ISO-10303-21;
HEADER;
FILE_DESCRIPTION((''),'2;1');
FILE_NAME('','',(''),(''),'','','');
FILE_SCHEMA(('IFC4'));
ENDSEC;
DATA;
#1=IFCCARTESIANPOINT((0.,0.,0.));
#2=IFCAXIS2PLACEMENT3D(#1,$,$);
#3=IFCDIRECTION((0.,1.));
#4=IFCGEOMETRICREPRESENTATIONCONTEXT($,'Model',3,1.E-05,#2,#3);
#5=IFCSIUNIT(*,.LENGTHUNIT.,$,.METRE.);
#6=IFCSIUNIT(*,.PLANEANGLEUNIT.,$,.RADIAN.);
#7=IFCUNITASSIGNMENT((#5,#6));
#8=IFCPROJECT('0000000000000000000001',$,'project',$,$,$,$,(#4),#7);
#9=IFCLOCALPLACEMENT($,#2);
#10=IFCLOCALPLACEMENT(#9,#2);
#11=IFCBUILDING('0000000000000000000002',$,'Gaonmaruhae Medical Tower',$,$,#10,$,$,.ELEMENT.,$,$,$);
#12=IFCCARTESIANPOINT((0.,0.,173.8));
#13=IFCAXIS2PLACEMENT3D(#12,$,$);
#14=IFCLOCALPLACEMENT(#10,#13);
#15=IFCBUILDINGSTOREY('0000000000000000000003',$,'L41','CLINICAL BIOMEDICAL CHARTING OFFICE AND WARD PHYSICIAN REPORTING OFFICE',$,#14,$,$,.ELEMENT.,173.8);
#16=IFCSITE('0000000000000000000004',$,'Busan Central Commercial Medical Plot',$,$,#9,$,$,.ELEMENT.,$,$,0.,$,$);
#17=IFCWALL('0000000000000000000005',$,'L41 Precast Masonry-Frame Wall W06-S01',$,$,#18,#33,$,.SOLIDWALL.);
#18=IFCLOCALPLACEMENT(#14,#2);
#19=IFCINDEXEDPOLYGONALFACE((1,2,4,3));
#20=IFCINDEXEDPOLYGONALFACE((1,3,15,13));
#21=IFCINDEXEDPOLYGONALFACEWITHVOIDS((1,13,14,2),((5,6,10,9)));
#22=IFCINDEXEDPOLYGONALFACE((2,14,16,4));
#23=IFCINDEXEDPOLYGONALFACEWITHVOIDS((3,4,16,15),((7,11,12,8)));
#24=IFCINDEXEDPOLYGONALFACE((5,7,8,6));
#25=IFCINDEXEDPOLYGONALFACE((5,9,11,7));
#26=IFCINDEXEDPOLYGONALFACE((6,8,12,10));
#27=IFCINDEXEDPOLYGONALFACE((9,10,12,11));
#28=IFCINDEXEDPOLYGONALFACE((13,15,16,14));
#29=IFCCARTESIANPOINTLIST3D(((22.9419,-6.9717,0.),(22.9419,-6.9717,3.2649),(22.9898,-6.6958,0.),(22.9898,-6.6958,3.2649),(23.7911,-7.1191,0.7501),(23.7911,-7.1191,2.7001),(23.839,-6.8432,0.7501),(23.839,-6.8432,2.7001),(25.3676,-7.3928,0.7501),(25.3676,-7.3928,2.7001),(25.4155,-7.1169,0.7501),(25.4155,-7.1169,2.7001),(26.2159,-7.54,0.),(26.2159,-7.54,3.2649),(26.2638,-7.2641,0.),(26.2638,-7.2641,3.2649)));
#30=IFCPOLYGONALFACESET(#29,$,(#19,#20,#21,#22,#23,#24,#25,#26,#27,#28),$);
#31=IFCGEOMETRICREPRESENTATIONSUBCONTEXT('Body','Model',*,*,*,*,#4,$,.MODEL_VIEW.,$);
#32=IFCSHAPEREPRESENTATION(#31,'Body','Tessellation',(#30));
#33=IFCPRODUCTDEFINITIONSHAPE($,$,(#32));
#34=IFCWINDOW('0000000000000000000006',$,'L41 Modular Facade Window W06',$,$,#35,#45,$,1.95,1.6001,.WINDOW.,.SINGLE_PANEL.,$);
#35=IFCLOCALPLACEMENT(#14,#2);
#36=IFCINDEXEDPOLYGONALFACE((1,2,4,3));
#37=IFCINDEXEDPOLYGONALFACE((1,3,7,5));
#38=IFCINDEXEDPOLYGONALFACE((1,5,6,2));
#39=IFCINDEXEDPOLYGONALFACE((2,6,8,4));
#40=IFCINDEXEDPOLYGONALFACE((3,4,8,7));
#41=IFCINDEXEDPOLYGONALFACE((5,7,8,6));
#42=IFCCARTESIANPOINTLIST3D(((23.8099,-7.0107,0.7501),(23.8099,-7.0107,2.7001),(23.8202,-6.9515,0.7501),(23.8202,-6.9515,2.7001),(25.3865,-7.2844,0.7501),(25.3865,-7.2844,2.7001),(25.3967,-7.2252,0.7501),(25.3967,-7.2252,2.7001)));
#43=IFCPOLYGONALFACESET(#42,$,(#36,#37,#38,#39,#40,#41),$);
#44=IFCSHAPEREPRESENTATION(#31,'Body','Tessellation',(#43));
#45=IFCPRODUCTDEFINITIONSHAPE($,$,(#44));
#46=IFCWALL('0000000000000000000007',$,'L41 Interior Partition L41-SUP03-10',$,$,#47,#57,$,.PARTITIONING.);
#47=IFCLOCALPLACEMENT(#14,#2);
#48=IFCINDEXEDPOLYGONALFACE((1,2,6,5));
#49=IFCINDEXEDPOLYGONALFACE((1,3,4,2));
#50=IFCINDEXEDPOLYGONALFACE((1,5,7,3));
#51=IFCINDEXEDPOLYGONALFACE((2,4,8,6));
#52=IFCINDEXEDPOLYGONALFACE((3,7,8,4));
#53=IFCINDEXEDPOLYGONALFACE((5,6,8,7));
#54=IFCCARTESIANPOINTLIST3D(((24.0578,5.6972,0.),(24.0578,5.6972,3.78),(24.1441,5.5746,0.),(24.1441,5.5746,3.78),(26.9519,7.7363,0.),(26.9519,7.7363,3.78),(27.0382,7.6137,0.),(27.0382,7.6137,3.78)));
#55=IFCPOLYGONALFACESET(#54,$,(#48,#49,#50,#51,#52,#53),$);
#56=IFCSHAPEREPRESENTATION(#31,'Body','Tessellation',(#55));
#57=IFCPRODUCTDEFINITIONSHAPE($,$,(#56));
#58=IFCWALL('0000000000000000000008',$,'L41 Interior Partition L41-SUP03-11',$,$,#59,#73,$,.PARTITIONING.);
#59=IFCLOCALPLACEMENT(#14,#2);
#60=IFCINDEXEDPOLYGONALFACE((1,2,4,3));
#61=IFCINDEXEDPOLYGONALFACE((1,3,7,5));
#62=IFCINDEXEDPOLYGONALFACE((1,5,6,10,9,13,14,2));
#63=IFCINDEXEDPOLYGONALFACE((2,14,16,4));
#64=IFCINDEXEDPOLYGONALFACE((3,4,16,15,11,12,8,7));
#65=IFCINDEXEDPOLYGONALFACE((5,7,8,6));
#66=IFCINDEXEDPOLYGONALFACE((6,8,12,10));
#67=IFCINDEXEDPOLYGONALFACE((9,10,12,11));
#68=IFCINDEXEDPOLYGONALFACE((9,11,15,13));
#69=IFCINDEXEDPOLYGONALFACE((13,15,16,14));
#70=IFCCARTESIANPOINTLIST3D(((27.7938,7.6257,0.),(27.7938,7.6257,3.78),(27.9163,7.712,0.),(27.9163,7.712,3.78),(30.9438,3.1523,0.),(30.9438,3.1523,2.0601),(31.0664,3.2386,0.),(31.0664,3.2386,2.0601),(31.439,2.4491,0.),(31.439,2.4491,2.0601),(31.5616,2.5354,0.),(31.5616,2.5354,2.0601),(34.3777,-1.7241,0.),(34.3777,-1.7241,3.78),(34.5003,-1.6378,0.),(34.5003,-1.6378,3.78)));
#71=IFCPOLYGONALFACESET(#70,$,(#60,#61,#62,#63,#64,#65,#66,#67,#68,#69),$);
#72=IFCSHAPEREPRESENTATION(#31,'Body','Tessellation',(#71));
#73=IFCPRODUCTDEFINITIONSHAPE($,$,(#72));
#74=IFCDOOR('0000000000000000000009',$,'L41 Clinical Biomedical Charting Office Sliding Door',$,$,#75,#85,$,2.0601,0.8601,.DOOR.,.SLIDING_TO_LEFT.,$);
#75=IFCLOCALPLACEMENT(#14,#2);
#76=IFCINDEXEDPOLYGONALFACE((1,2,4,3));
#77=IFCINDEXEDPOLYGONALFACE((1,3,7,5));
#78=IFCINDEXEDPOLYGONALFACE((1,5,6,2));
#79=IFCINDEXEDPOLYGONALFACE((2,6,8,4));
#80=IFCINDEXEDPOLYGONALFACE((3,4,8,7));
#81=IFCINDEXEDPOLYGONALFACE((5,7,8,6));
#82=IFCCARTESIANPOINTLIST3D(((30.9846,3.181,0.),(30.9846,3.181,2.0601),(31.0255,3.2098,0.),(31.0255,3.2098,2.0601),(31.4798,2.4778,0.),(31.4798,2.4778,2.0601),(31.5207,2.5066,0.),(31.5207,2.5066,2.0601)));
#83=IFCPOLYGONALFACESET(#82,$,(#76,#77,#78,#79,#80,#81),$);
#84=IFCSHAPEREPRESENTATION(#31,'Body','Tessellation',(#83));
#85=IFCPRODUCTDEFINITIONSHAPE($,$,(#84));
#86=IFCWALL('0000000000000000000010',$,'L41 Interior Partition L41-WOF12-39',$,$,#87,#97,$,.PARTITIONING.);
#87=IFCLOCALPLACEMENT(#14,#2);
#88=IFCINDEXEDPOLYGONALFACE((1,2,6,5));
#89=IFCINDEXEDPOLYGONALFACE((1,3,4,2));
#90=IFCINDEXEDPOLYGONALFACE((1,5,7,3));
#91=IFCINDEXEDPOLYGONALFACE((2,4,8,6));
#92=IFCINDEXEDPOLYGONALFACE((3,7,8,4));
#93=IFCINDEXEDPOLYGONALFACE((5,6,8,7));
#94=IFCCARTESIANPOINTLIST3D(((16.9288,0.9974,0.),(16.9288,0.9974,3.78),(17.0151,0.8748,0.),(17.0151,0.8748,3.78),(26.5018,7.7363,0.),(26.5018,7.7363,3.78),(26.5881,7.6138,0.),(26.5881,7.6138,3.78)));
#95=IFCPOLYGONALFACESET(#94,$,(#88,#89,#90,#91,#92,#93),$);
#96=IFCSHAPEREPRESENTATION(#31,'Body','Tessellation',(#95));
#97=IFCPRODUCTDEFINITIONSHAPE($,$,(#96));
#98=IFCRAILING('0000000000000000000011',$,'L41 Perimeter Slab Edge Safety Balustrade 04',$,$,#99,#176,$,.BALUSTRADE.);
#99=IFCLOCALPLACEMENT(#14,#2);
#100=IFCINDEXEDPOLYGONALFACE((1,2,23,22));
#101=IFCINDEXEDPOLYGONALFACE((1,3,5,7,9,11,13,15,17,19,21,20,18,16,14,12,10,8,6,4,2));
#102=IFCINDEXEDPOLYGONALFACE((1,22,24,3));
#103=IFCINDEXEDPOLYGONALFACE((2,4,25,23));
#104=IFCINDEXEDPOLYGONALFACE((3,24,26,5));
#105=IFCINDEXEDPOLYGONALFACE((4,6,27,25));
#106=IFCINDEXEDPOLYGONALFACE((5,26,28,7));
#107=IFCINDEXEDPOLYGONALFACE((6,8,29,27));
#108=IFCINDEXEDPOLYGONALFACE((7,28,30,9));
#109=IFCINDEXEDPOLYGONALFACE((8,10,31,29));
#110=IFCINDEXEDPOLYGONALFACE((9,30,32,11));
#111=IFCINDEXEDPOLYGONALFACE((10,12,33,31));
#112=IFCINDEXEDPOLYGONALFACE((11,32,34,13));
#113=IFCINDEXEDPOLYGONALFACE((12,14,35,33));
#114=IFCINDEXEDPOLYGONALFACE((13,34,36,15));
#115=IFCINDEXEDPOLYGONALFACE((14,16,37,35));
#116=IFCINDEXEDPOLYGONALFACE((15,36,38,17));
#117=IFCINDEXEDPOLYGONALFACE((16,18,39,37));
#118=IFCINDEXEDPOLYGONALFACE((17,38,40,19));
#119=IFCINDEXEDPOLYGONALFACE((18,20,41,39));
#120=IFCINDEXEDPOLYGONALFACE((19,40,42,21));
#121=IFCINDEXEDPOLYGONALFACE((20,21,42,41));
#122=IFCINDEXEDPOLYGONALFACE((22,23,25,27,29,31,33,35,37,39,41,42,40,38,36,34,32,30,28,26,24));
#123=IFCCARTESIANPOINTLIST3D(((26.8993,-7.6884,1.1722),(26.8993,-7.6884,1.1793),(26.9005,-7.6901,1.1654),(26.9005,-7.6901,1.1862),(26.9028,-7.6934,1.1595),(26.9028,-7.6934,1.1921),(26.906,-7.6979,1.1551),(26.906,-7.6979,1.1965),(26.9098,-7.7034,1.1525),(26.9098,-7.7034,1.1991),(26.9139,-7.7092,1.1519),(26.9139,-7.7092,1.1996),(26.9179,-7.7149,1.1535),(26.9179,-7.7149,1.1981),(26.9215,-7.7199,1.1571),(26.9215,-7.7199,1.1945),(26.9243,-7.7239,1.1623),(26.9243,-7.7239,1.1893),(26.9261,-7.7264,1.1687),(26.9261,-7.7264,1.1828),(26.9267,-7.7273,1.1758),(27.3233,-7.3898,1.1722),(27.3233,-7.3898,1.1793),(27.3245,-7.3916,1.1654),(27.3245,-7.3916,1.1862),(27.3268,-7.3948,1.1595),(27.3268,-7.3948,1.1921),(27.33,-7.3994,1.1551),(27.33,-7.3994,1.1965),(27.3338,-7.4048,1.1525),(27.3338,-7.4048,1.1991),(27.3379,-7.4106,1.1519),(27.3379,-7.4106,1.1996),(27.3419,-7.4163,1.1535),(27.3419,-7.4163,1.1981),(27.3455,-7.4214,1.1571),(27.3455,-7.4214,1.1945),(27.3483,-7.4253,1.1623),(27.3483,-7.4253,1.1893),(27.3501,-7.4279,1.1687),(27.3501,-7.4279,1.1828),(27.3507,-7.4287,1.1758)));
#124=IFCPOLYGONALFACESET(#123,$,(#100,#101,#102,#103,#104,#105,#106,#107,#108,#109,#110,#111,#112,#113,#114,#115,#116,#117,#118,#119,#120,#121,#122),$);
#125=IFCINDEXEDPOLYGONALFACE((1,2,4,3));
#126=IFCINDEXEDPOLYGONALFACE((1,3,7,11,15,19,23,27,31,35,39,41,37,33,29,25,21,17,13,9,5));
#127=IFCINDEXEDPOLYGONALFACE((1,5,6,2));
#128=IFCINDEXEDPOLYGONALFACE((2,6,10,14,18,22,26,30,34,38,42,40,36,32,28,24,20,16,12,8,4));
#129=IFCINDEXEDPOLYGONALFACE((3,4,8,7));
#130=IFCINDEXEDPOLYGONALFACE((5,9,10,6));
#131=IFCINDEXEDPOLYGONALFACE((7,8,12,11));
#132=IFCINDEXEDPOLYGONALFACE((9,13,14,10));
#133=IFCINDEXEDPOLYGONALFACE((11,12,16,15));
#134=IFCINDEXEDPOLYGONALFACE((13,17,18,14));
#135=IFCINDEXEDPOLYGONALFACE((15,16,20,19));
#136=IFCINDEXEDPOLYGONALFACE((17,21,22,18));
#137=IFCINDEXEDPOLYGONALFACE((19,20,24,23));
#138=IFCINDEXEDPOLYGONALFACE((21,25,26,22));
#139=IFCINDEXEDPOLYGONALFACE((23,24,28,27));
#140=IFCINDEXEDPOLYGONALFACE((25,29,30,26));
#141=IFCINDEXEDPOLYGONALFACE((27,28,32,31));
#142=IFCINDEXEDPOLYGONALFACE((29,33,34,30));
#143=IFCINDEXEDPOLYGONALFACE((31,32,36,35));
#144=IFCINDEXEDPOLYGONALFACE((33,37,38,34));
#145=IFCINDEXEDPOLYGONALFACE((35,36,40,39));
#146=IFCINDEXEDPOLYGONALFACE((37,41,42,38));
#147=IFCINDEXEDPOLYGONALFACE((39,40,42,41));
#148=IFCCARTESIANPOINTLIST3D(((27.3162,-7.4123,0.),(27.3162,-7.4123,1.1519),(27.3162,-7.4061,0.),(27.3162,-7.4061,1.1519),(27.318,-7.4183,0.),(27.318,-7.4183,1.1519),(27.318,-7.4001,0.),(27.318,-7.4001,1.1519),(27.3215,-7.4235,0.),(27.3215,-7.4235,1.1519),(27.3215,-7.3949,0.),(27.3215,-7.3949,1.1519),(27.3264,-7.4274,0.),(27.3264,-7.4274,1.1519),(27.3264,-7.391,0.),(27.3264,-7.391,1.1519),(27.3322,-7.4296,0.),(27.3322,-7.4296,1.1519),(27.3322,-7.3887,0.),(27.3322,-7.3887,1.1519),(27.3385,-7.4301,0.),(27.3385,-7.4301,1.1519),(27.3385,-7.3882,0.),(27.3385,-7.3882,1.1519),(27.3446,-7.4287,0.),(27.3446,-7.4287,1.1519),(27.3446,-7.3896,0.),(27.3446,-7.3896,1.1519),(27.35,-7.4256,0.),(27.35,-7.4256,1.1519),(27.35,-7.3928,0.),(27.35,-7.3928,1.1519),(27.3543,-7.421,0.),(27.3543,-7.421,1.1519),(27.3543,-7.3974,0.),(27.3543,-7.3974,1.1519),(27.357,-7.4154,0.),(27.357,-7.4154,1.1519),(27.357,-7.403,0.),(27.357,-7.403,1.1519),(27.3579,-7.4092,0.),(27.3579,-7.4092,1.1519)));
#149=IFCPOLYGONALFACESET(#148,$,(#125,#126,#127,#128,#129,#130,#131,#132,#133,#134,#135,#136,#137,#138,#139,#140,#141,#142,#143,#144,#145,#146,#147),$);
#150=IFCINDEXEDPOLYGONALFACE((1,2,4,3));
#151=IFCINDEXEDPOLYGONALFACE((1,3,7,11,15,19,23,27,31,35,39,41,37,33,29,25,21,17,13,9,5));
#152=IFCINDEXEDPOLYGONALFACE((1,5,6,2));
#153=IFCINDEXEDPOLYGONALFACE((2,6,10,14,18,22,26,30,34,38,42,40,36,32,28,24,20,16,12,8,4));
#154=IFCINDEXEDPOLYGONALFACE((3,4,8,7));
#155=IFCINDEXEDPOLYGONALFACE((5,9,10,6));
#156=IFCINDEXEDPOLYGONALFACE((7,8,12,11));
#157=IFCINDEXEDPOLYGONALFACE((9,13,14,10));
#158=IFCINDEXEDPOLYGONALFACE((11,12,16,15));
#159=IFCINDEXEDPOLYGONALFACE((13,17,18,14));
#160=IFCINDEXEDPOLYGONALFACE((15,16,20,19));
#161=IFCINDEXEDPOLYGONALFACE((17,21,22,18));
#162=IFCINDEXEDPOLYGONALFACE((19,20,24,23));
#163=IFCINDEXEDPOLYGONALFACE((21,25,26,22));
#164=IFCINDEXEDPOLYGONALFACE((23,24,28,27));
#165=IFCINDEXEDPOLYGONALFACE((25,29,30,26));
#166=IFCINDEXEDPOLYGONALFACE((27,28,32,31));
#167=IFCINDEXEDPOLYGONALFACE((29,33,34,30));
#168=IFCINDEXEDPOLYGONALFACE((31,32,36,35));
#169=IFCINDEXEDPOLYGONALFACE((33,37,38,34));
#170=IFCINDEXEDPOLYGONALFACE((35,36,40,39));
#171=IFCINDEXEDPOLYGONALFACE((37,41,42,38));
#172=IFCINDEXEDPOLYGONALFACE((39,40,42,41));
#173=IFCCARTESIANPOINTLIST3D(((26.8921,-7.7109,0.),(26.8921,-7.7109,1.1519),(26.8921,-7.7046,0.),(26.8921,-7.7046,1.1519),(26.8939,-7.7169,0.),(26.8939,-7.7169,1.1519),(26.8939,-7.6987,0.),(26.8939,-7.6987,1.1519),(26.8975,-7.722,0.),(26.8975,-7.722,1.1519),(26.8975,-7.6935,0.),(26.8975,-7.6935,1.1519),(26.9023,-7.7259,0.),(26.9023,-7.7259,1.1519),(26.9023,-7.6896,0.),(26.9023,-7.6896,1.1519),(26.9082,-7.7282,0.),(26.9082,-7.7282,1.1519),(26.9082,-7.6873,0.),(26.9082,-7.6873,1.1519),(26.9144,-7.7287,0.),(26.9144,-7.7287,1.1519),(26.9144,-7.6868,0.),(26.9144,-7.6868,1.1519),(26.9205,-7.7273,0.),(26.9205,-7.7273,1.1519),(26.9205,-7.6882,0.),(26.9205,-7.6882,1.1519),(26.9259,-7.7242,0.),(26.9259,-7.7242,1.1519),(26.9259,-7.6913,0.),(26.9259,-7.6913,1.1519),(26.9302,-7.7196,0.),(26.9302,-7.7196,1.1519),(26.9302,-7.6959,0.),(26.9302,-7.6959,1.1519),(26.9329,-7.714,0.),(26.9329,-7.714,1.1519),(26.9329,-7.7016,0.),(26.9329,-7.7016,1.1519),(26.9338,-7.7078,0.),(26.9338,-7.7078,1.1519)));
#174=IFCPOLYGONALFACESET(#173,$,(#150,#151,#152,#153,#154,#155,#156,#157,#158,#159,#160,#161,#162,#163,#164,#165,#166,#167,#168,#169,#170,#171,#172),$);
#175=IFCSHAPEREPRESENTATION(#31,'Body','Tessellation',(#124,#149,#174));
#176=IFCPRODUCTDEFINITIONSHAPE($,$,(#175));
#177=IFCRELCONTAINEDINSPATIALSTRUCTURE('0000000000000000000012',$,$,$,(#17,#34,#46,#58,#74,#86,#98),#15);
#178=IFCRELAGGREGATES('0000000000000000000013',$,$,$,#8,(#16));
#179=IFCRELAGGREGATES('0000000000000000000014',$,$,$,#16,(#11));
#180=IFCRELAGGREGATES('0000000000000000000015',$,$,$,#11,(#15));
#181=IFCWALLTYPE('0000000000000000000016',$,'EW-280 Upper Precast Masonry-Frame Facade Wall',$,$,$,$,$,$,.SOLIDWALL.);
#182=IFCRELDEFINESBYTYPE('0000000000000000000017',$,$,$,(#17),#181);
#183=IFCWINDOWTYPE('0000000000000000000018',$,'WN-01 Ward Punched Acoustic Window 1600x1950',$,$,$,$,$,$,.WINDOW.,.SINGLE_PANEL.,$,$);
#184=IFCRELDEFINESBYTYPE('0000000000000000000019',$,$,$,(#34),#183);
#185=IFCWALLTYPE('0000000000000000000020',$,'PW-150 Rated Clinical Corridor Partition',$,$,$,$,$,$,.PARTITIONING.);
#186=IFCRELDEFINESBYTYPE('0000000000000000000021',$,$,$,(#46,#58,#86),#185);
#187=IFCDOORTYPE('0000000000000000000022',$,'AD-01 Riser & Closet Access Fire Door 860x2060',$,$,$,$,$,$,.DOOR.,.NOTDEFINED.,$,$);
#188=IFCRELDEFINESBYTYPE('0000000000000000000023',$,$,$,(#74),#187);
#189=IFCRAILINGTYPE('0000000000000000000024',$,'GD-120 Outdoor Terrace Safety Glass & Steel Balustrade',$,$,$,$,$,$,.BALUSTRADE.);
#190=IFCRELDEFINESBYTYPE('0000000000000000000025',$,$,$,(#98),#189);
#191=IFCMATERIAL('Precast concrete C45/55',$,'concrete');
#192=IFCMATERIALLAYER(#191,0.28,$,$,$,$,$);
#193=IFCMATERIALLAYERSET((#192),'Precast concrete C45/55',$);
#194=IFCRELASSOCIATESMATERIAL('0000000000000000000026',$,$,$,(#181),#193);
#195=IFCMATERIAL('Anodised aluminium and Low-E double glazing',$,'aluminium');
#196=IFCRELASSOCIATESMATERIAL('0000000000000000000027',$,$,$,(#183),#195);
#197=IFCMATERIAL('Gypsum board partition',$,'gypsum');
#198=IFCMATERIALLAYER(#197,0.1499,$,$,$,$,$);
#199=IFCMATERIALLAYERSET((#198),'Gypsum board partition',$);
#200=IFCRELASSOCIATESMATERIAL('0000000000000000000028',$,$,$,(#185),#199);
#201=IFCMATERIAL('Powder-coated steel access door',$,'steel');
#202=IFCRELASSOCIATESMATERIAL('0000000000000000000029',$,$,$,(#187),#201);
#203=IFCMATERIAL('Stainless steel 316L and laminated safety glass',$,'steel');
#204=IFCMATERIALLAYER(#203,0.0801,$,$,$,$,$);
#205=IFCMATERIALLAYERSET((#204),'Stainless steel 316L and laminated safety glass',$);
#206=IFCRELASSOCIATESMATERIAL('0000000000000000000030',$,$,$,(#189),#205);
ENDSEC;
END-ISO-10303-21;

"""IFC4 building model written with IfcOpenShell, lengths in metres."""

from ifc_helpers import new_model, si_unit, direction, frame, frame_2d, origin, origin_2d, place, context, subcontext, project, spatial, rectangle, circle, extrude, material, layer, layer_set, type_object, element, fill, save


model = new_model("IFC4")

# Units and contexts
model_context = context("Model", 3, precision=1e-05, world=origin(), true_north=direction((0.0, 1.0)))
body_context = subcontext(model_context, "Body", "Model", "MODEL_VIEW")
ifc_project = project(units=[si_unit("LENGTHUNIT", "METRE"), si_unit("PLANEANGLEUNIT", "RADIAN")], contexts=[model_context])

# Site, building, storey
site_placement = place(None, origin())
site = spatial("IfcSite", under=ifc_project, at=site_placement, Name="Busan Central Commercial Medical Plot", CompositionType="ELEMENT", RefElevation=0.0)
building_placement = place(site_placement, origin())
building = spatial("IfcBuilding", under=site, at=building_placement, Name="Gaonmaruhae Medical Tower", CompositionType="ELEMENT")
storey_placement = place(building_placement, frame((0.0, 0.0, 173.8)))
storey = spatial("IfcBuildingStorey", under=building, at=storey_placement, Name="L41", Description="CLINICAL BIOMEDICAL CHARTING OFFICE AND WARD PHYSICIAN REPORTING OFFICE", CompositionType="ELEMENT", Elevation=173.8)

# Wall, opening, window
ifc_material_1 = material(Name="Precast concrete C45/55", Category="concrete")
ifc_layer_1 = layer(ifc_material_1, 0.28)
ifc_layer_set_1 = layer_set([ifc_layer_1], Name="Precast concrete C45/55")
wall_type_1 = type_object("IfcWallType", Name="EW-280 Upper Precast Masonry-Frame Facade Wall", PredefinedType="SOLIDWALL", material=ifc_layer_set_1)
ifc_material_2 = material(Name="Anodised aluminium and Low-E double glazing", Category="aluminium")
wall_1_placement = place(storey_placement, frame((26.24, -7.4021, 0.0), z_axis=(0.0, 0.0, 1.0), x_axis=(-0.985263, 0.171044, 0.0)))
wall_1 = element("IfcWall", 1, at=wall_1_placement, inside=storey, type_object=wall_type_1, Name="L41 Precast Masonry-Frame Wall W06-S01", PredefinedType="SOLIDWALL", context=body_context, shape_type="SweptSolid", body=[
    extrude(rectangle(XDim=3.323, YDim=0.28, at=frame_2d((1.6616, 0.0))), origin(), (0.0, 0.0, 1.0), 3.2649),
])
opening_1_placement = place(wall_1_placement, frame((0.8611, 0.0, 0.75)))
opening_1 = element("IfcOpeningElement", 2, at=opening_1_placement, cuts=wall_1, PredefinedType="OPENING", context=body_context, shape_type="SweptSolid", body=[
    extrude(rectangle(XDim=1.6001, YDim=1.95, at=frame_2d((0.8, 0.9751))), frame((0.0, 0.1499, 0.0), z_axis=(0.0, -1.0, 0.0), x_axis=(1.0, 0.0, 0.0)), (0.0, 0.0, 1.0), 0.3),
])
window_type_1 = type_object("IfcWindowType", Name="WN-01 Ward Punched Acoustic Window 1600x1950", PartitioningType="SINGLE_PANEL", PredefinedType="WINDOW", material=ifc_material_2)
window_1_placement = place(opening_1_placement, origin())
window_1 = element("IfcWindow", 3, at=window_1_placement, inside=storey, type_object=window_type_1, Name="L41 Modular Facade Window W06", OverallHeight=1.95, OverallWidth=1.6001, PartitioningType="SINGLE_PANEL", PredefinedType="WINDOW", context=body_context, shape_type="SweptSolid", body=[
    extrude(rectangle(XDim=1.6001, YDim=1.95, at=frame_2d((0.8, 0.9751))), frame((0.0, 0.03, 0.0), z_axis=(0.0, -1.0, 0.0), x_axis=(1.0, 0.0, 0.0)), (0.0, 0.0, 1.0), 0.0601),
])
fill(opening_1, window_1)

# Wall
ifc_material_3 = material(Name="Gypsum board partition", Category="gypsum")
ifc_layer_2 = layer(ifc_material_3, 0.1499)
ifc_layer_set_2 = layer_set([ifc_layer_2], Name="Gypsum board partition")
wall_type_2 = type_object("IfcWallType", Name="PW-150 Rated Clinical Corridor Partition", PredefinedType="PARTITIONING", material=ifc_layer_set_2)
wall_2_placement = place(storey_placement, frame((24.1011, 5.636, 0.0), z_axis=(0.0, 0.0, 1.0), x_axis=(0.817472, 0.575968, 0.0)))
element("IfcWall", 4, at=wall_2_placement, inside=storey, type_object=wall_type_2, Name="L41 Interior Partition L41-SUP03-10", PredefinedType="PARTITIONING", context=body_context, shape_type="SweptSolid", body=[
    extrude(rectangle(XDim=3.5403, YDim=0.1499, at=frame_2d((1.77, 0.0))), origin(), (0.0, 0.0, 1.0), 3.78),
])

# Wall, opening, door
wall_3_placement = place(storey_placement, frame((27.855, 7.6689, 0.0), z_axis=(0.0, 0.0, 1.0), x_axis=(0.575754, -0.817623, 0.0)))
wall_3 = element("IfcWall", 5, at=wall_3_placement, inside=storey, type_object=wall_type_2, Name="L41 Interior Partition L41-SUP03-11", PredefinedType="PARTITIONING", context=body_context, shape_type="SweptSolid", body=[
    extrude(rectangle(XDim=11.4353, YDim=0.1499, at=frame_2d((5.7178, 0.0))), origin(), (0.0, 0.0, 1.0), 3.78),
])
opening_2_placement = place(wall_3_placement, frame((5.4712, 0.0, 0.0)))
opening_2 = element("IfcOpeningElement", 6, at=opening_2_placement, cuts=wall_3, PredefinedType="OPENING", context=body_context, shape_type="SweptSolid", body=[
    extrude(rectangle(XDim=0.8601, YDim=2.0601, at=frame_2d((0.4302, 1.03))), frame((0.0, 0.085, 0.0), z_axis=(0.0, -1.0, 0.0), x_axis=(1.0, 0.0, 0.0)), (0.0, 0.0, 1.0), 0.1699),
])
ifc_material_4 = material(Name="Powder-coated steel access door", Category="steel")
door_type = type_object("IfcDoorType", Name="AD-01 Riser & Closet Access Fire Door 860x2060", OperationType="NOTDEFINED", PredefinedType="DOOR", material=ifc_material_4)
door_placement = place(opening_2_placement, origin())
door = element("IfcDoor", 7, at=door_placement, inside=storey, type_object=door_type, Name="L41 Clinical Biomedical Charting Office Sliding Door", OperationType="SLIDING_TO_LEFT", OverallHeight=2.0601, OverallWidth=0.8601, PredefinedType="DOOR", context=body_context, shape_type="SweptSolid", body=[
    extrude(rectangle(XDim=0.8601, YDim=2.0601, at=frame_2d((0.4302, 1.03))), frame((0.0, 0.0249, 0.0), z_axis=(0.0, -1.0, 0.0), x_axis=(1.0, 0.0, 0.0)), (0.0, 0.0, 1.0), 0.05),
])
fill(opening_2, door)

# Wall
wall_4_placement = place(storey_placement, frame((26.5449, 7.675, 0.0), z_axis=(0.0, 0.0, 1.0), x_axis=(-0.817708, -0.575634, 0.0)))
element("IfcWall", 8, at=wall_4_placement, inside=storey, type_object=wall_type_2, Name="L41 Interior Partition L41-WOF12-39", PredefinedType="PARTITIONING", context=body_context, shape_type="SweptSolid", body=[
    extrude(rectangle(XDim=11.707, YDim=0.1499, at=frame_2d((5.8535, 0.0))), origin(), (0.0, 0.0, 1.0), 3.78),
])

# Railing
ifc_material_5 = material(Name="Stainless steel 316L and laminated safety glass", Category="steel")
ifc_layer_3 = layer(ifc_material_5, 0.0801)
ifc_layer_set_3 = layer_set([ifc_layer_3], Name="Stainless steel 316L and laminated safety glass")
railing_type = type_object("IfcRailingType", Name="GD-120 Outdoor Terrace Safety Glass & Steel Balustrade", PredefinedType="BALUSTRADE", material=ifc_layer_set_3)
railing_1_placement = place(storey_placement, frame((27.3369, -7.4092, 0.0)))
element("IfcRailing", 9, at=railing_1_placement, inside=storey, type_object=railing_type, Name="L41 Perimeter Slab Edge Safety Balustrade 04", PredefinedType="BALUSTRADE", context=body_context, shape_type="SweptSolid", body=[
    extrude(circle(Radius=0.0239, at=origin_2d()), frame((0.0, 0.0, 1.1758), z_axis=(-0.817659, -0.575703, 0.0), x_axis=(0.575703, -0.817659, 0.0)), (0.0, 0.0, 1.0), 0.5186),
    extrude(circle(Radius=0.021, at=origin_2d()), origin(), (0.0, 0.0, 1.0), 1.1519),
    extrude(circle(Radius=0.021, at=origin_2d()), frame((-0.4241, -0.2986, 0.0)), (0.0, 0.0, 1.0), 1.1519),
])

save(model, "model.ifc")
